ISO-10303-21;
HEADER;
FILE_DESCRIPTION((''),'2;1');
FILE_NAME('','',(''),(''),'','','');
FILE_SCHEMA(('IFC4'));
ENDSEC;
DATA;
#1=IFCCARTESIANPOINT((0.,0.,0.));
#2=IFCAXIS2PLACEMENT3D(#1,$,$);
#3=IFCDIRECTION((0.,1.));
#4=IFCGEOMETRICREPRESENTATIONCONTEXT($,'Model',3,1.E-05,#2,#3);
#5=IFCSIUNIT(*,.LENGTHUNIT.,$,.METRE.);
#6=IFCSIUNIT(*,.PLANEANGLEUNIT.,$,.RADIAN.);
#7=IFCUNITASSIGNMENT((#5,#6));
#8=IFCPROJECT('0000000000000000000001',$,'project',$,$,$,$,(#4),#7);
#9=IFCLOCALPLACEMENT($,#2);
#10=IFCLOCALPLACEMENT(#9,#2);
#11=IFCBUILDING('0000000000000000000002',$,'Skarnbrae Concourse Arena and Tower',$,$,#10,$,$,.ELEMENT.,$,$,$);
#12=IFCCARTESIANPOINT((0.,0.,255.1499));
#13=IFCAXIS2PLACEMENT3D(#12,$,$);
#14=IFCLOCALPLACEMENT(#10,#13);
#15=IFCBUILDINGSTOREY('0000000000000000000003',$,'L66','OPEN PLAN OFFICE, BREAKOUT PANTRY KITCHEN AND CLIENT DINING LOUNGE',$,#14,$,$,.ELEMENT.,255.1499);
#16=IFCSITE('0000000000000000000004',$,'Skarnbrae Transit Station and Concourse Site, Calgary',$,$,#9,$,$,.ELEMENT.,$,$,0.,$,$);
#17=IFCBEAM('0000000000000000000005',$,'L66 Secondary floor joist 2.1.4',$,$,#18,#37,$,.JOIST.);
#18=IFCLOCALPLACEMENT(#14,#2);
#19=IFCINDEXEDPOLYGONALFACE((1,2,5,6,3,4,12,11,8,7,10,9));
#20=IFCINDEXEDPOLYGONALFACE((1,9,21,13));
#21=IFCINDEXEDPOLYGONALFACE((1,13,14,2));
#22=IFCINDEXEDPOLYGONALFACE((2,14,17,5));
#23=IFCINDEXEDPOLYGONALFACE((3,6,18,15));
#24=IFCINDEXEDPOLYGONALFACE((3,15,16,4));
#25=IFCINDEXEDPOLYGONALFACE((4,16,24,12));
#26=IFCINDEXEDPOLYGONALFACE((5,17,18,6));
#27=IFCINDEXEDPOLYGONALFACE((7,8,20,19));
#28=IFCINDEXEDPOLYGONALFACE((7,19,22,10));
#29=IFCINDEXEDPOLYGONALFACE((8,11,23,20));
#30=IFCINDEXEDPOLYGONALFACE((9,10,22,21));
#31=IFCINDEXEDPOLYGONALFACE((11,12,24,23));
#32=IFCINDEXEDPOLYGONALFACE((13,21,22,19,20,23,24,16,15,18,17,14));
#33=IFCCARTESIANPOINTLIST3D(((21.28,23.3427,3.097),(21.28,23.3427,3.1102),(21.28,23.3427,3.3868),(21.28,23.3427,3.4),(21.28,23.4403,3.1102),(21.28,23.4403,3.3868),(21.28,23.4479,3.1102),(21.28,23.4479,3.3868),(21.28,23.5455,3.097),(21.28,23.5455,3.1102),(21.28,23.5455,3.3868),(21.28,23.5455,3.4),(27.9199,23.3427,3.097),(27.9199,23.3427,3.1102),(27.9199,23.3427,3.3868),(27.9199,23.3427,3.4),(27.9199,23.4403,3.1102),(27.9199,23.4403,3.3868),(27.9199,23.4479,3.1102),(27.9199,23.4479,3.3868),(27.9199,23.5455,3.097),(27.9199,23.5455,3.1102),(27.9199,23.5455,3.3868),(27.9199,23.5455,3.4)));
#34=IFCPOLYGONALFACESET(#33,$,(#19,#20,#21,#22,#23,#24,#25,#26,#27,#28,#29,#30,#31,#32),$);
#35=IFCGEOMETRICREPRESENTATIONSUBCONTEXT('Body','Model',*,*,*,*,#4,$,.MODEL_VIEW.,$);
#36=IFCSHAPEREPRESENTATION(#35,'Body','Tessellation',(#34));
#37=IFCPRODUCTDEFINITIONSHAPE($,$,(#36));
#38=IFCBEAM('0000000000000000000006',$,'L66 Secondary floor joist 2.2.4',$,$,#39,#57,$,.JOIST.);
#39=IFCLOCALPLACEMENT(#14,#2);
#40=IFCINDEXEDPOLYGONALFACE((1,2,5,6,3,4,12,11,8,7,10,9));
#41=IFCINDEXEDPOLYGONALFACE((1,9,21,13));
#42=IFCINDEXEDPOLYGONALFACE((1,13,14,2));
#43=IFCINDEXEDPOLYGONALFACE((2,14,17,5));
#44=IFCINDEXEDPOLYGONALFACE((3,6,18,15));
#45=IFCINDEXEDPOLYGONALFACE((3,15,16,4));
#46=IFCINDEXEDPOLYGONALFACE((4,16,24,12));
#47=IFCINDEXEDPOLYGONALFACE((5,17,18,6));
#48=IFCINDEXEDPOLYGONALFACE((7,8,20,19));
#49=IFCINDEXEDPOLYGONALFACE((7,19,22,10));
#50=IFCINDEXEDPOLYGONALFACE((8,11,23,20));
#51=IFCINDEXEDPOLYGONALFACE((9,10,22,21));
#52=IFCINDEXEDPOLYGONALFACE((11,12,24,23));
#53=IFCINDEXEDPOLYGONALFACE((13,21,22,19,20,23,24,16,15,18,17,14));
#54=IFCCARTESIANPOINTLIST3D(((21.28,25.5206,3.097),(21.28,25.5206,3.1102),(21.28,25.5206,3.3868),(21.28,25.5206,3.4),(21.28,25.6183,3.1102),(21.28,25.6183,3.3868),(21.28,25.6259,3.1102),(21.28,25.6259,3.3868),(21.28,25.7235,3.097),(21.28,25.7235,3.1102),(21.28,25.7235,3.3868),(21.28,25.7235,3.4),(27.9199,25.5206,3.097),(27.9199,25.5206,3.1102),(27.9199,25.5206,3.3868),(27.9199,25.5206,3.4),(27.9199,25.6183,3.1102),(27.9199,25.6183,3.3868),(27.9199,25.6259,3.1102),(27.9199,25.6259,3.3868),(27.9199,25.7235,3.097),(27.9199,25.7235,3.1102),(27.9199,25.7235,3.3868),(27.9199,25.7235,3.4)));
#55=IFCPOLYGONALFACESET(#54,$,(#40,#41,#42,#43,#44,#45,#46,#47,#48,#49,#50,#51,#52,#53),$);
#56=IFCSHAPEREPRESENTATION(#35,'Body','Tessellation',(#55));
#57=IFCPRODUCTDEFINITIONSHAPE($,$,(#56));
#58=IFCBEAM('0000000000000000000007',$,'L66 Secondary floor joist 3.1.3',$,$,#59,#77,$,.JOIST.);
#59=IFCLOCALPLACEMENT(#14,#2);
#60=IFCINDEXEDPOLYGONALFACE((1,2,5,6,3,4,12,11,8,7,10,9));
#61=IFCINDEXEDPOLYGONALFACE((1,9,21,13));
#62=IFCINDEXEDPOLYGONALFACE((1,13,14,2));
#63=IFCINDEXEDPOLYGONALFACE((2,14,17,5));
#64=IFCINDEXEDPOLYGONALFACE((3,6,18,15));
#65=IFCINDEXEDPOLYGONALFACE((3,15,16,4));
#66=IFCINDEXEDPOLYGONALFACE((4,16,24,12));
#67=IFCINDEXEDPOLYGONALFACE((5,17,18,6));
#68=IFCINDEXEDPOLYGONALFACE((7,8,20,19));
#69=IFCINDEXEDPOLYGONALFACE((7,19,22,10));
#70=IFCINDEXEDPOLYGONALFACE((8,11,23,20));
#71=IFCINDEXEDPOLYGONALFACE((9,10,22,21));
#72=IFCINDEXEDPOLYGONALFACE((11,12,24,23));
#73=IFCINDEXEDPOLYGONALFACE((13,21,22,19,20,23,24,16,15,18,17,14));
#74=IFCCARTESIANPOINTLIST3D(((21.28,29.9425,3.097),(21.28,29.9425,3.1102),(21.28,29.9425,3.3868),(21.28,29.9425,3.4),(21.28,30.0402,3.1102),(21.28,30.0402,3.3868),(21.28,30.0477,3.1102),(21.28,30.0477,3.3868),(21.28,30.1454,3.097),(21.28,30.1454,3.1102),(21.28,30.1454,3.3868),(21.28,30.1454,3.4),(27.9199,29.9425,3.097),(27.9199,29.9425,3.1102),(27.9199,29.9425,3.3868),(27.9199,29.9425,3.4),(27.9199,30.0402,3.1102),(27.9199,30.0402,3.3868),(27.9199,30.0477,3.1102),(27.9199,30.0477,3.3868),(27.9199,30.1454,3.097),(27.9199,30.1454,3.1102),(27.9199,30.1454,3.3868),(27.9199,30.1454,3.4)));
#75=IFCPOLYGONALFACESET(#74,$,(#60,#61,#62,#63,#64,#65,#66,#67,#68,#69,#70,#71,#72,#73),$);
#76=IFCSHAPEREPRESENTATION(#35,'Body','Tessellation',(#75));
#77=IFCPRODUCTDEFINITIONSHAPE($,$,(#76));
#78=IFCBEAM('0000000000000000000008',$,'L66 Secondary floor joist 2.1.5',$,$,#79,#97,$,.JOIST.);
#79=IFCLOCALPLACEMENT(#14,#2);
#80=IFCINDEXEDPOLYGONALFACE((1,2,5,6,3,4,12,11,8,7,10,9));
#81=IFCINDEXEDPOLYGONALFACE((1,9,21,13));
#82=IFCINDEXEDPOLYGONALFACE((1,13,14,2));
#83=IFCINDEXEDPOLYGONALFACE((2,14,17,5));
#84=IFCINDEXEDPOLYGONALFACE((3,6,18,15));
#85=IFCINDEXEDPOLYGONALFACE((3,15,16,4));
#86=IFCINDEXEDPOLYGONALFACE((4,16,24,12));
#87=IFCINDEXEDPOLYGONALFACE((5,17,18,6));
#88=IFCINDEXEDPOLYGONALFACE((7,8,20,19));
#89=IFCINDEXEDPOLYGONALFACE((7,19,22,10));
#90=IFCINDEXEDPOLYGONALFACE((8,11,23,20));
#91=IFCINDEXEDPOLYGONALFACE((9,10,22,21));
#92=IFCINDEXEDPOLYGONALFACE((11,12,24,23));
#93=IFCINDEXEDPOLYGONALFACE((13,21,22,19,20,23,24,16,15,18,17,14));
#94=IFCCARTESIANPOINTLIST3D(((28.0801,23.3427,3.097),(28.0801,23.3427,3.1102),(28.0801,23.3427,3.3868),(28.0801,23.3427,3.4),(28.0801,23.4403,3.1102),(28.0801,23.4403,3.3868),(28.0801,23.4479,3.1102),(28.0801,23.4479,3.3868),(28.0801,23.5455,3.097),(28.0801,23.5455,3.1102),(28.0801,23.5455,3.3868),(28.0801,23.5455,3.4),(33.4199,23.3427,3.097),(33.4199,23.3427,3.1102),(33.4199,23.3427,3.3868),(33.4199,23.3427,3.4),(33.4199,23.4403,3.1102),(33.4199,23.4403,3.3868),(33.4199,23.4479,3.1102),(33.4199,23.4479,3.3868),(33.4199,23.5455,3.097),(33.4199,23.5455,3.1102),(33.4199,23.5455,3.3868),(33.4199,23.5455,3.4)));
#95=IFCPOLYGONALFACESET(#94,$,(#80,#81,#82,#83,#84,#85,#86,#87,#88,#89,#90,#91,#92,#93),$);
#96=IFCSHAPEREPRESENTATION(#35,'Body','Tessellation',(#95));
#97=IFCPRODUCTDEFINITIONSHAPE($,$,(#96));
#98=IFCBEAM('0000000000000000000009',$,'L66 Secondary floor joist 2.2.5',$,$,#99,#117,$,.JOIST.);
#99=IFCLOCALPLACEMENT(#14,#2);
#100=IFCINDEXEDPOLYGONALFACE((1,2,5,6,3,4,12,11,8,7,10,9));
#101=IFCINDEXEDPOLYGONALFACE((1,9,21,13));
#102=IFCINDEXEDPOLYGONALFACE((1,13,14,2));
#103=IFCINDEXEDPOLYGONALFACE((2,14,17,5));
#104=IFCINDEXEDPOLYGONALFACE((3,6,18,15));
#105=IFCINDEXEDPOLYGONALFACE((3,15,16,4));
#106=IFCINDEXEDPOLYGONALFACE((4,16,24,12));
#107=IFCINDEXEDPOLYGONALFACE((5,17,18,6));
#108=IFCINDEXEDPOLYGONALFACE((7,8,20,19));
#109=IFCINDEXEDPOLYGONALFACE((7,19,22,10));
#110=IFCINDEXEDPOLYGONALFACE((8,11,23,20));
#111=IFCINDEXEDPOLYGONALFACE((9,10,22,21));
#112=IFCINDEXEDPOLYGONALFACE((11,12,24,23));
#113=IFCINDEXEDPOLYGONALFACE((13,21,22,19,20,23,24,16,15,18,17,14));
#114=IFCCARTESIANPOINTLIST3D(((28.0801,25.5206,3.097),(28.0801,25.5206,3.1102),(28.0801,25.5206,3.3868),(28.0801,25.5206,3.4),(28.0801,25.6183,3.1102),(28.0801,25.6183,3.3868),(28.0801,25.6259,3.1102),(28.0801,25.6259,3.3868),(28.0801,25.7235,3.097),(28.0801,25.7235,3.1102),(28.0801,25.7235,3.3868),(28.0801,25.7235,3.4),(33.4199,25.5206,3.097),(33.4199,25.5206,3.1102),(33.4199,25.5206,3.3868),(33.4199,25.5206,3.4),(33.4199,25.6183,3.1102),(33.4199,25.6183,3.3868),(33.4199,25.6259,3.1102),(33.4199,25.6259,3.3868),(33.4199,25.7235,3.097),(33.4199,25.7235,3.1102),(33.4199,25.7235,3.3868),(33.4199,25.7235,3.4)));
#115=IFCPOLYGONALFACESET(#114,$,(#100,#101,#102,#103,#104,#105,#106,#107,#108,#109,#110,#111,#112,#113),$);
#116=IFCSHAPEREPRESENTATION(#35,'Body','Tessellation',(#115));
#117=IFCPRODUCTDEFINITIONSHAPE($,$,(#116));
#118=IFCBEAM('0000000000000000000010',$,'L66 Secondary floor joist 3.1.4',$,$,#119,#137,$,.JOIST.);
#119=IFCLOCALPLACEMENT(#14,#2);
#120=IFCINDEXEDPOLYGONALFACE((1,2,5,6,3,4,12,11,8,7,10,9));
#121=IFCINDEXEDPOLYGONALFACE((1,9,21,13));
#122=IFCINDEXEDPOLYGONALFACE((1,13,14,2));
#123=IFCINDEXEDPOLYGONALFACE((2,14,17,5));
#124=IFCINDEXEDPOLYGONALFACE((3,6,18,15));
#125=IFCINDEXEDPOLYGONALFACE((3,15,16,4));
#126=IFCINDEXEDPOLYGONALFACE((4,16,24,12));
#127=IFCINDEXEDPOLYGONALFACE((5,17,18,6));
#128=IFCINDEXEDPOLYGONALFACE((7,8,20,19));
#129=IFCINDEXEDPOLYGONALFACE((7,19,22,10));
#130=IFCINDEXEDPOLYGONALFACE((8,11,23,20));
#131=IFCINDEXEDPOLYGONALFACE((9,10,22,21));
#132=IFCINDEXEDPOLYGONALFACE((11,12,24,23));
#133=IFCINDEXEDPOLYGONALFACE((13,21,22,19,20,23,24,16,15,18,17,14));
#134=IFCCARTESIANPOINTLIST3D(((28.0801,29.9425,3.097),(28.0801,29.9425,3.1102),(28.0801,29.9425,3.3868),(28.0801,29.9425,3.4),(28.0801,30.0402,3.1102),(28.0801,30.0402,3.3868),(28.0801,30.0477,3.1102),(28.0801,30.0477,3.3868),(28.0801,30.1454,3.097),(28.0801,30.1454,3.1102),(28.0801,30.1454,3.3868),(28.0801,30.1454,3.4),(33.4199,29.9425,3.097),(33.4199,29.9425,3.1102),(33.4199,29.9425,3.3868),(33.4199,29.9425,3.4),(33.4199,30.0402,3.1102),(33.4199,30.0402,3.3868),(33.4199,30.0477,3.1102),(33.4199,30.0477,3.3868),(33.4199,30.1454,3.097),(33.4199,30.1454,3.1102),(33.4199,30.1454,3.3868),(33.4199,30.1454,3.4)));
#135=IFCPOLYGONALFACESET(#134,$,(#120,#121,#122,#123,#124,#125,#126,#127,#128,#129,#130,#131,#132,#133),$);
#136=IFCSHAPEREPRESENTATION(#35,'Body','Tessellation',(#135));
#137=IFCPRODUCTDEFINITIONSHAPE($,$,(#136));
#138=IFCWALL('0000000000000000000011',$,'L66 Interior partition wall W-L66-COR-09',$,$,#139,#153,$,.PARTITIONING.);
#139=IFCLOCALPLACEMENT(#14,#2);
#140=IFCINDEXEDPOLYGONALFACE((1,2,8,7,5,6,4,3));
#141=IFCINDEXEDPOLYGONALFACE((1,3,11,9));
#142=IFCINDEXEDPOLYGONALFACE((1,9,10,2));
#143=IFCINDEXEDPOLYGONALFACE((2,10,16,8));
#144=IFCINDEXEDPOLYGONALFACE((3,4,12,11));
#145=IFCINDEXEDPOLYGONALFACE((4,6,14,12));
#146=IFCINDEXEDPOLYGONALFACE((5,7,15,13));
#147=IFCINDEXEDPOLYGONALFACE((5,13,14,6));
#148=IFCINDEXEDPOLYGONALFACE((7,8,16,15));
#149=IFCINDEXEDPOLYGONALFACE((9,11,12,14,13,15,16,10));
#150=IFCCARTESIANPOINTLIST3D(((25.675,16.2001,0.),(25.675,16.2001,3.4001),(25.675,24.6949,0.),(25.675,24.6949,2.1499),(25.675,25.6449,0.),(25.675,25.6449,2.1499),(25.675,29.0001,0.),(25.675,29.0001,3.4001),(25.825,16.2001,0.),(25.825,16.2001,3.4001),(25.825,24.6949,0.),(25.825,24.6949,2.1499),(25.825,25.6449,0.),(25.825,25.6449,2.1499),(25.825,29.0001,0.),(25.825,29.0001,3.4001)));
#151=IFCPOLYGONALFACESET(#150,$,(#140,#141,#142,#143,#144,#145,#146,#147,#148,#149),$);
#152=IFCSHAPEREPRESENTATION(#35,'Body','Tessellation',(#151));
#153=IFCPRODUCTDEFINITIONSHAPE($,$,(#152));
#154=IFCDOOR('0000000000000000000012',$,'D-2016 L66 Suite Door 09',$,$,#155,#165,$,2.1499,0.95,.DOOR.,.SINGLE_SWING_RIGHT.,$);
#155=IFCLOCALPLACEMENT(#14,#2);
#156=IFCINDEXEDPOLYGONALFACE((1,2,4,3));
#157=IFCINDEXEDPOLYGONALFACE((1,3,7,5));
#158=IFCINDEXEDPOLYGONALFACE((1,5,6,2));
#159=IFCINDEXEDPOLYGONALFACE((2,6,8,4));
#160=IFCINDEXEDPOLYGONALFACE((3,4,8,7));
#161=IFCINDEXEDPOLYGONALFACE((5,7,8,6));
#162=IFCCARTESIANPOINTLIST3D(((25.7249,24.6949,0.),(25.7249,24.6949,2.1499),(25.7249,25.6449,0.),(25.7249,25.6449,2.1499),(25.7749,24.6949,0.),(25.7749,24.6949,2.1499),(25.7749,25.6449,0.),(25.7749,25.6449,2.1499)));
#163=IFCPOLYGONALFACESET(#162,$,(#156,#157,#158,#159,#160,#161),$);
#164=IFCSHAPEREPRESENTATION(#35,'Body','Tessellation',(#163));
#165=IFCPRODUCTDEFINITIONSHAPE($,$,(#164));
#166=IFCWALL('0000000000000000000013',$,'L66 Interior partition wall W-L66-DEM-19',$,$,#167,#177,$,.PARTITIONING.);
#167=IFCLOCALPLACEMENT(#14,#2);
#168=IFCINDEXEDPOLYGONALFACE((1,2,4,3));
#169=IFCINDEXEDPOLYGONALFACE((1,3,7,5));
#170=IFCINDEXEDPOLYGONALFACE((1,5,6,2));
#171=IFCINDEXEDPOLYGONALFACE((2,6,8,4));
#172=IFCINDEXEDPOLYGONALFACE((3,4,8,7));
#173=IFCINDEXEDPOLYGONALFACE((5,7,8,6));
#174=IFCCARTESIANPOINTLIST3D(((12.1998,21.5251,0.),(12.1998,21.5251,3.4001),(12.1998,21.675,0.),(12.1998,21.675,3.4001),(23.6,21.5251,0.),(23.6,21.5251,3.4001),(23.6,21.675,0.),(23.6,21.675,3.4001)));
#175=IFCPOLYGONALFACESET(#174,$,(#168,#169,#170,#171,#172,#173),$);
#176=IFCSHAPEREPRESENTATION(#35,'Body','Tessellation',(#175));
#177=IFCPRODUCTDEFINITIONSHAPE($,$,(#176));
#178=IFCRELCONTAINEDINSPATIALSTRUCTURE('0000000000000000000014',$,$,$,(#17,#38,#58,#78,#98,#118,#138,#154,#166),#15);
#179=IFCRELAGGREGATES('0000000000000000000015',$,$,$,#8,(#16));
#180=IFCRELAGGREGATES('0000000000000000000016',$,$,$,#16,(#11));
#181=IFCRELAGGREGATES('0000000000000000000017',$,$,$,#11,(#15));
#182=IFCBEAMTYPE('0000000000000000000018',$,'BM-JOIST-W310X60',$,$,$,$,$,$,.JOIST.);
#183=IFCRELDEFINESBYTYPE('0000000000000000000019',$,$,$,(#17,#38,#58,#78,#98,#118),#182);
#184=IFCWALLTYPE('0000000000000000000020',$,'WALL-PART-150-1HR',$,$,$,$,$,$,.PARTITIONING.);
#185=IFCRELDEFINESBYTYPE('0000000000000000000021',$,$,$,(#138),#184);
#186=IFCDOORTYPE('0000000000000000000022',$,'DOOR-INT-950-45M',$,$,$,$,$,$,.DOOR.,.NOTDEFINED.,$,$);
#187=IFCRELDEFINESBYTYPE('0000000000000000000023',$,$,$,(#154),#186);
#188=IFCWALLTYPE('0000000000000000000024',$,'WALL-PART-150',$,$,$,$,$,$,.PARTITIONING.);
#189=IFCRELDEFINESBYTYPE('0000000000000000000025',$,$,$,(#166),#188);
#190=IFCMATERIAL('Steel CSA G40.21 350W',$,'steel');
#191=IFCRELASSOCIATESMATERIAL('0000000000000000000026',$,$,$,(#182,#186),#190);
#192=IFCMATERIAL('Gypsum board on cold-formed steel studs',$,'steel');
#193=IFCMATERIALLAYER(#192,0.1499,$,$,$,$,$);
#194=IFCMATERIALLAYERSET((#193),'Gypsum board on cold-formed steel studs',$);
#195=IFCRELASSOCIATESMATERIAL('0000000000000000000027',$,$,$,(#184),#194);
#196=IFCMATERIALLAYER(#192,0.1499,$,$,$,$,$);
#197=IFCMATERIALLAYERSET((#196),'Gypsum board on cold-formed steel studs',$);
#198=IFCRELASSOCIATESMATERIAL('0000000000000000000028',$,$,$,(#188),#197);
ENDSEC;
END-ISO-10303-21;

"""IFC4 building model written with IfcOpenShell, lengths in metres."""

from ifc_helpers import new_model, si_unit, direction, frame, frame_2d, origin, origin_2d, place, context, subcontext, project, spatial, rectangle, i_section, extrude, source, transform, mapped, material, layer, layer_set, material_profile, profile_set, type_object, element, fill, save


model = new_model("IFC4")

# Units and contexts
model_context = context("Model", 3, precision=1e-05, world=origin(), true_north=direction((0.0, 1.0)))
body_context = subcontext(model_context, "Body", "Model", "MODEL_VIEW")
ifc_project = project(units=[si_unit("LENGTHUNIT", "METRE"), si_unit("PLANEANGLEUNIT", "RADIAN")], contexts=[model_context])

# Site, building, storey
site_placement = place(None, origin())
site = spatial("IfcSite", under=ifc_project, at=site_placement, Name="Skarnbrae Transit Station and Concourse Site, Calgary", CompositionType="ELEMENT", RefElevation=0.0)
building_placement = place(site_placement, origin())
building = spatial("IfcBuilding", under=site, at=building_placement, Name="Skarnbrae Concourse Arena and Tower", CompositionType="ELEMENT")
storey_placement = place(building_placement, frame((0.0, 0.0, 255.1499)))
storey = spatial("IfcBuildingStorey", under=building, at=storey_placement, Name="L66", Description="OPEN PLAN OFFICE, BREAKOUT PANTRY KITCHEN AND CLIENT DINING LOUNGE", CompositionType="ELEMENT", Elevation=255.1499)

# Shared definitions
ifc_material_1 = material(Name="Steel CSA G40.21 350W", Category="steel")

# Beams
ifc_material_profile_1 = material_profile(ifc_material_1, i_section(OverallWidth=0.2029, OverallDepth=0.303, WebThickness=0.0076, FlangeThickness=0.0132, at=origin_2d()), Name="W310X60")
ifc_profile_set_1 = profile_set([ifc_material_profile_1], Name="Steel CSA G40.21 350W")
beam_type_1 = type_object("IfcBeamType", Name="BM-JOIST-W310X60", PredefinedType="JOIST", material=ifc_profile_set_1)
shared_shape_1 = source(origin(), body_context, "Body", "SweptSolid", [
    extrude(i_section(OverallWidth=0.2029, OverallDepth=0.303, WebThickness=0.0076, FlangeThickness=0.0132, at=origin_2d()), origin(), (0.0, 0.0, 1.0), 6.6399),
])
for number, where, z_axis, x_axis, name in (
    (1, (21.28, 23.4441, 3.2485), (1.0, 0.0, 0.0), (0.0, 1.0, 0.0), "L66 Secondary floor joist 2.1.4"),
    (2, (21.28, 25.6221, 3.2485), (1.0, 0.0, 0.0), (0.0, 1.0, 0.0), "L66 Secondary floor joist 2.2.4"),
    (3, (21.28, 30.0439, 3.2485), (1.0, 0.0, 0.0), (0.0, 1.0, 0.0), "L66 Secondary floor joist 3.1.3"),
):
    element("IfcBeam", number, at=place(storey_placement, frame(where, z_axis=z_axis, x_axis=x_axis)), inside=storey, type_object=beam_type_1, Name=name, PredefinedType="JOIST", context=body_context, shape_type="MappedRepresentation", body=[
        mapped(shared_shape_1, transform((0.0, 0.0, 0.0))),
    ])
shared_shape_2 = source(origin(), body_context, "Body", "SweptSolid", [
    extrude(i_section(OverallWidth=0.2029, OverallDepth=0.303, WebThickness=0.0076, FlangeThickness=0.0132, at=origin_2d()), origin(), (0.0, 0.0, 1.0), 5.3398),
])
for number, where, z_axis, x_axis, name in (
    (4, (28.0801, 23.4441, 3.2485), (1.0, 0.0, 0.0), (0.0, 1.0, 0.0), "L66 Secondary floor joist 2.1.5"),
    (5, (28.0801, 25.6221, 3.2485), (1.0, 0.0, 0.0), (0.0, 1.0, 0.0), "L66 Secondary floor joist 2.2.5"),
    (6, (28.0801, 30.0439, 3.2485), (1.0, 0.0, 0.0), (0.0, 1.0, 0.0), "L66 Secondary floor joist 3.1.4"),
):
    element("IfcBeam", number, at=place(storey_placement, frame(where, z_axis=z_axis, x_axis=x_axis)), inside=storey, type_object=beam_type_1, Name=name, PredefinedType="JOIST", context=body_context, shape_type="MappedRepresentation", body=[
        mapped(shared_shape_2, transform((0.0, 0.0, 0.0))),
    ])

# Wall, opening, door
ifc_material_2 = material(Name="Gypsum board on cold-formed steel studs", Category="steel")
ifc_layer_1 = layer(ifc_material_2, 0.1499)
ifc_layer_set_1 = layer_set([ifc_layer_1], Name="Gypsum board on cold-formed steel studs")
wall_type_1 = type_object("IfcWallType", Name="WALL-PART-150-1HR", PredefinedType="PARTITIONING", material=ifc_layer_set_1)
shared_shape_3 = source(origin(), body_context, "Body", "SweptSolid", [
    extrude(rectangle(XDim=12.8, YDim=0.1499, at=frame_2d((6.3999, 0.0))), origin(), (0.0, 0.0, 1.0), 3.4001),
])
wall_1_placement = place(storey_placement, frame((25.75, 29.0, 0.0), z_axis=(0.0, 0.0, 1.0), x_axis=(0.0, -1.0, 0.0)))
wall_1 = element("IfcWall", 7, at=wall_1_placement, inside=storey, type_object=wall_type_1, Name="L66 Interior partition wall W-L66-COR-09", PredefinedType="PARTITIONING", context=body_context, shape_type="MappedRepresentation", body=[
    mapped(shared_shape_3, transform((0.0, 0.0, 0.0))),
])
opening_1_placement = place(wall_1_placement, frame((3.355, 0.0, 0.0)))
opening_1 = element("IfcOpeningElement", 8, at=opening_1_placement, cuts=wall_1, PredefinedType="OPENING", context=body_context, shape_type="SweptSolid", body=[
    extrude(rectangle(XDim=0.95, YDim=2.1499, at=frame_2d((0.4751, 1.075))), frame((0.0, 0.085, 0.0), z_axis=(0.0, -1.0, 0.0), x_axis=(1.0, 0.0, 0.0)), (0.0, 0.0, 1.0), 0.1699),
])
door_type = type_object("IfcDoorType", Name="DOOR-INT-950-45M", OperationType="NOTDEFINED", PredefinedType="DOOR", material=ifc_material_1)
shared_shape_4 = source(origin(), body_context, "Body", "SweptSolid", [
    extrude(rectangle(XDim=0.95, YDim=2.1499, at=frame_2d((0.4751, 1.075))), frame((0.0, 0.0249, 0.0), z_axis=(0.0, -1.0, 0.0), x_axis=(1.0, 0.0, 0.0)), (0.0, 0.0, 1.0), 0.05),
])
door_1_placement = place(opening_1_placement, origin())
door_1 = element("IfcDoor", 9, at=door_1_placement, inside=storey, type_object=door_type, Name="D-2016 L66 Suite Door 09", OperationType="SINGLE_SWING_RIGHT", OverallHeight=2.1499, OverallWidth=0.95, PredefinedType="DOOR", context=body_context, shape_type="MappedRepresentation", body=[
    mapped(shared_shape_4, transform((0.0, 0.0, 0.0))),
])
fill(opening_1, door_1)

# Wall
ifc_layer_2 = layer(ifc_material_2, 0.1499)
ifc_layer_set_2 = layer_set([ifc_layer_2], Name="Gypsum board on cold-formed steel studs")
wall_type_2 = type_object("IfcWallType", Name="WALL-PART-150", PredefinedType="PARTITIONING", material=ifc_layer_set_2)
shared_shape_5 = source(origin(), body_context, "Body", "SweptSolid", [
    extrude(rectangle(XDim=11.4001, YDim=0.1499, at=frame_2d((5.7002, 0.0))), origin(), (0.0, 0.0, 1.0), 3.4001),
])
wall_2_placement = place(storey_placement, frame((23.6001, 21.6001, 0.0), z_axis=(0.0, 0.0, 1.0), x_axis=(-1.0, 0.0, 0.0)))
element("IfcWall", 10, at=wall_2_placement, inside=storey, type_object=wall_type_2, Name="L66 Interior partition wall W-L66-DEM-19", PredefinedType="PARTITIONING", context=body_context, shape_type="MappedRepresentation", body=[
    mapped(shared_shape_5, transform((0.0, 0.0, 0.0))),
])

save(model, "model.ifc")
